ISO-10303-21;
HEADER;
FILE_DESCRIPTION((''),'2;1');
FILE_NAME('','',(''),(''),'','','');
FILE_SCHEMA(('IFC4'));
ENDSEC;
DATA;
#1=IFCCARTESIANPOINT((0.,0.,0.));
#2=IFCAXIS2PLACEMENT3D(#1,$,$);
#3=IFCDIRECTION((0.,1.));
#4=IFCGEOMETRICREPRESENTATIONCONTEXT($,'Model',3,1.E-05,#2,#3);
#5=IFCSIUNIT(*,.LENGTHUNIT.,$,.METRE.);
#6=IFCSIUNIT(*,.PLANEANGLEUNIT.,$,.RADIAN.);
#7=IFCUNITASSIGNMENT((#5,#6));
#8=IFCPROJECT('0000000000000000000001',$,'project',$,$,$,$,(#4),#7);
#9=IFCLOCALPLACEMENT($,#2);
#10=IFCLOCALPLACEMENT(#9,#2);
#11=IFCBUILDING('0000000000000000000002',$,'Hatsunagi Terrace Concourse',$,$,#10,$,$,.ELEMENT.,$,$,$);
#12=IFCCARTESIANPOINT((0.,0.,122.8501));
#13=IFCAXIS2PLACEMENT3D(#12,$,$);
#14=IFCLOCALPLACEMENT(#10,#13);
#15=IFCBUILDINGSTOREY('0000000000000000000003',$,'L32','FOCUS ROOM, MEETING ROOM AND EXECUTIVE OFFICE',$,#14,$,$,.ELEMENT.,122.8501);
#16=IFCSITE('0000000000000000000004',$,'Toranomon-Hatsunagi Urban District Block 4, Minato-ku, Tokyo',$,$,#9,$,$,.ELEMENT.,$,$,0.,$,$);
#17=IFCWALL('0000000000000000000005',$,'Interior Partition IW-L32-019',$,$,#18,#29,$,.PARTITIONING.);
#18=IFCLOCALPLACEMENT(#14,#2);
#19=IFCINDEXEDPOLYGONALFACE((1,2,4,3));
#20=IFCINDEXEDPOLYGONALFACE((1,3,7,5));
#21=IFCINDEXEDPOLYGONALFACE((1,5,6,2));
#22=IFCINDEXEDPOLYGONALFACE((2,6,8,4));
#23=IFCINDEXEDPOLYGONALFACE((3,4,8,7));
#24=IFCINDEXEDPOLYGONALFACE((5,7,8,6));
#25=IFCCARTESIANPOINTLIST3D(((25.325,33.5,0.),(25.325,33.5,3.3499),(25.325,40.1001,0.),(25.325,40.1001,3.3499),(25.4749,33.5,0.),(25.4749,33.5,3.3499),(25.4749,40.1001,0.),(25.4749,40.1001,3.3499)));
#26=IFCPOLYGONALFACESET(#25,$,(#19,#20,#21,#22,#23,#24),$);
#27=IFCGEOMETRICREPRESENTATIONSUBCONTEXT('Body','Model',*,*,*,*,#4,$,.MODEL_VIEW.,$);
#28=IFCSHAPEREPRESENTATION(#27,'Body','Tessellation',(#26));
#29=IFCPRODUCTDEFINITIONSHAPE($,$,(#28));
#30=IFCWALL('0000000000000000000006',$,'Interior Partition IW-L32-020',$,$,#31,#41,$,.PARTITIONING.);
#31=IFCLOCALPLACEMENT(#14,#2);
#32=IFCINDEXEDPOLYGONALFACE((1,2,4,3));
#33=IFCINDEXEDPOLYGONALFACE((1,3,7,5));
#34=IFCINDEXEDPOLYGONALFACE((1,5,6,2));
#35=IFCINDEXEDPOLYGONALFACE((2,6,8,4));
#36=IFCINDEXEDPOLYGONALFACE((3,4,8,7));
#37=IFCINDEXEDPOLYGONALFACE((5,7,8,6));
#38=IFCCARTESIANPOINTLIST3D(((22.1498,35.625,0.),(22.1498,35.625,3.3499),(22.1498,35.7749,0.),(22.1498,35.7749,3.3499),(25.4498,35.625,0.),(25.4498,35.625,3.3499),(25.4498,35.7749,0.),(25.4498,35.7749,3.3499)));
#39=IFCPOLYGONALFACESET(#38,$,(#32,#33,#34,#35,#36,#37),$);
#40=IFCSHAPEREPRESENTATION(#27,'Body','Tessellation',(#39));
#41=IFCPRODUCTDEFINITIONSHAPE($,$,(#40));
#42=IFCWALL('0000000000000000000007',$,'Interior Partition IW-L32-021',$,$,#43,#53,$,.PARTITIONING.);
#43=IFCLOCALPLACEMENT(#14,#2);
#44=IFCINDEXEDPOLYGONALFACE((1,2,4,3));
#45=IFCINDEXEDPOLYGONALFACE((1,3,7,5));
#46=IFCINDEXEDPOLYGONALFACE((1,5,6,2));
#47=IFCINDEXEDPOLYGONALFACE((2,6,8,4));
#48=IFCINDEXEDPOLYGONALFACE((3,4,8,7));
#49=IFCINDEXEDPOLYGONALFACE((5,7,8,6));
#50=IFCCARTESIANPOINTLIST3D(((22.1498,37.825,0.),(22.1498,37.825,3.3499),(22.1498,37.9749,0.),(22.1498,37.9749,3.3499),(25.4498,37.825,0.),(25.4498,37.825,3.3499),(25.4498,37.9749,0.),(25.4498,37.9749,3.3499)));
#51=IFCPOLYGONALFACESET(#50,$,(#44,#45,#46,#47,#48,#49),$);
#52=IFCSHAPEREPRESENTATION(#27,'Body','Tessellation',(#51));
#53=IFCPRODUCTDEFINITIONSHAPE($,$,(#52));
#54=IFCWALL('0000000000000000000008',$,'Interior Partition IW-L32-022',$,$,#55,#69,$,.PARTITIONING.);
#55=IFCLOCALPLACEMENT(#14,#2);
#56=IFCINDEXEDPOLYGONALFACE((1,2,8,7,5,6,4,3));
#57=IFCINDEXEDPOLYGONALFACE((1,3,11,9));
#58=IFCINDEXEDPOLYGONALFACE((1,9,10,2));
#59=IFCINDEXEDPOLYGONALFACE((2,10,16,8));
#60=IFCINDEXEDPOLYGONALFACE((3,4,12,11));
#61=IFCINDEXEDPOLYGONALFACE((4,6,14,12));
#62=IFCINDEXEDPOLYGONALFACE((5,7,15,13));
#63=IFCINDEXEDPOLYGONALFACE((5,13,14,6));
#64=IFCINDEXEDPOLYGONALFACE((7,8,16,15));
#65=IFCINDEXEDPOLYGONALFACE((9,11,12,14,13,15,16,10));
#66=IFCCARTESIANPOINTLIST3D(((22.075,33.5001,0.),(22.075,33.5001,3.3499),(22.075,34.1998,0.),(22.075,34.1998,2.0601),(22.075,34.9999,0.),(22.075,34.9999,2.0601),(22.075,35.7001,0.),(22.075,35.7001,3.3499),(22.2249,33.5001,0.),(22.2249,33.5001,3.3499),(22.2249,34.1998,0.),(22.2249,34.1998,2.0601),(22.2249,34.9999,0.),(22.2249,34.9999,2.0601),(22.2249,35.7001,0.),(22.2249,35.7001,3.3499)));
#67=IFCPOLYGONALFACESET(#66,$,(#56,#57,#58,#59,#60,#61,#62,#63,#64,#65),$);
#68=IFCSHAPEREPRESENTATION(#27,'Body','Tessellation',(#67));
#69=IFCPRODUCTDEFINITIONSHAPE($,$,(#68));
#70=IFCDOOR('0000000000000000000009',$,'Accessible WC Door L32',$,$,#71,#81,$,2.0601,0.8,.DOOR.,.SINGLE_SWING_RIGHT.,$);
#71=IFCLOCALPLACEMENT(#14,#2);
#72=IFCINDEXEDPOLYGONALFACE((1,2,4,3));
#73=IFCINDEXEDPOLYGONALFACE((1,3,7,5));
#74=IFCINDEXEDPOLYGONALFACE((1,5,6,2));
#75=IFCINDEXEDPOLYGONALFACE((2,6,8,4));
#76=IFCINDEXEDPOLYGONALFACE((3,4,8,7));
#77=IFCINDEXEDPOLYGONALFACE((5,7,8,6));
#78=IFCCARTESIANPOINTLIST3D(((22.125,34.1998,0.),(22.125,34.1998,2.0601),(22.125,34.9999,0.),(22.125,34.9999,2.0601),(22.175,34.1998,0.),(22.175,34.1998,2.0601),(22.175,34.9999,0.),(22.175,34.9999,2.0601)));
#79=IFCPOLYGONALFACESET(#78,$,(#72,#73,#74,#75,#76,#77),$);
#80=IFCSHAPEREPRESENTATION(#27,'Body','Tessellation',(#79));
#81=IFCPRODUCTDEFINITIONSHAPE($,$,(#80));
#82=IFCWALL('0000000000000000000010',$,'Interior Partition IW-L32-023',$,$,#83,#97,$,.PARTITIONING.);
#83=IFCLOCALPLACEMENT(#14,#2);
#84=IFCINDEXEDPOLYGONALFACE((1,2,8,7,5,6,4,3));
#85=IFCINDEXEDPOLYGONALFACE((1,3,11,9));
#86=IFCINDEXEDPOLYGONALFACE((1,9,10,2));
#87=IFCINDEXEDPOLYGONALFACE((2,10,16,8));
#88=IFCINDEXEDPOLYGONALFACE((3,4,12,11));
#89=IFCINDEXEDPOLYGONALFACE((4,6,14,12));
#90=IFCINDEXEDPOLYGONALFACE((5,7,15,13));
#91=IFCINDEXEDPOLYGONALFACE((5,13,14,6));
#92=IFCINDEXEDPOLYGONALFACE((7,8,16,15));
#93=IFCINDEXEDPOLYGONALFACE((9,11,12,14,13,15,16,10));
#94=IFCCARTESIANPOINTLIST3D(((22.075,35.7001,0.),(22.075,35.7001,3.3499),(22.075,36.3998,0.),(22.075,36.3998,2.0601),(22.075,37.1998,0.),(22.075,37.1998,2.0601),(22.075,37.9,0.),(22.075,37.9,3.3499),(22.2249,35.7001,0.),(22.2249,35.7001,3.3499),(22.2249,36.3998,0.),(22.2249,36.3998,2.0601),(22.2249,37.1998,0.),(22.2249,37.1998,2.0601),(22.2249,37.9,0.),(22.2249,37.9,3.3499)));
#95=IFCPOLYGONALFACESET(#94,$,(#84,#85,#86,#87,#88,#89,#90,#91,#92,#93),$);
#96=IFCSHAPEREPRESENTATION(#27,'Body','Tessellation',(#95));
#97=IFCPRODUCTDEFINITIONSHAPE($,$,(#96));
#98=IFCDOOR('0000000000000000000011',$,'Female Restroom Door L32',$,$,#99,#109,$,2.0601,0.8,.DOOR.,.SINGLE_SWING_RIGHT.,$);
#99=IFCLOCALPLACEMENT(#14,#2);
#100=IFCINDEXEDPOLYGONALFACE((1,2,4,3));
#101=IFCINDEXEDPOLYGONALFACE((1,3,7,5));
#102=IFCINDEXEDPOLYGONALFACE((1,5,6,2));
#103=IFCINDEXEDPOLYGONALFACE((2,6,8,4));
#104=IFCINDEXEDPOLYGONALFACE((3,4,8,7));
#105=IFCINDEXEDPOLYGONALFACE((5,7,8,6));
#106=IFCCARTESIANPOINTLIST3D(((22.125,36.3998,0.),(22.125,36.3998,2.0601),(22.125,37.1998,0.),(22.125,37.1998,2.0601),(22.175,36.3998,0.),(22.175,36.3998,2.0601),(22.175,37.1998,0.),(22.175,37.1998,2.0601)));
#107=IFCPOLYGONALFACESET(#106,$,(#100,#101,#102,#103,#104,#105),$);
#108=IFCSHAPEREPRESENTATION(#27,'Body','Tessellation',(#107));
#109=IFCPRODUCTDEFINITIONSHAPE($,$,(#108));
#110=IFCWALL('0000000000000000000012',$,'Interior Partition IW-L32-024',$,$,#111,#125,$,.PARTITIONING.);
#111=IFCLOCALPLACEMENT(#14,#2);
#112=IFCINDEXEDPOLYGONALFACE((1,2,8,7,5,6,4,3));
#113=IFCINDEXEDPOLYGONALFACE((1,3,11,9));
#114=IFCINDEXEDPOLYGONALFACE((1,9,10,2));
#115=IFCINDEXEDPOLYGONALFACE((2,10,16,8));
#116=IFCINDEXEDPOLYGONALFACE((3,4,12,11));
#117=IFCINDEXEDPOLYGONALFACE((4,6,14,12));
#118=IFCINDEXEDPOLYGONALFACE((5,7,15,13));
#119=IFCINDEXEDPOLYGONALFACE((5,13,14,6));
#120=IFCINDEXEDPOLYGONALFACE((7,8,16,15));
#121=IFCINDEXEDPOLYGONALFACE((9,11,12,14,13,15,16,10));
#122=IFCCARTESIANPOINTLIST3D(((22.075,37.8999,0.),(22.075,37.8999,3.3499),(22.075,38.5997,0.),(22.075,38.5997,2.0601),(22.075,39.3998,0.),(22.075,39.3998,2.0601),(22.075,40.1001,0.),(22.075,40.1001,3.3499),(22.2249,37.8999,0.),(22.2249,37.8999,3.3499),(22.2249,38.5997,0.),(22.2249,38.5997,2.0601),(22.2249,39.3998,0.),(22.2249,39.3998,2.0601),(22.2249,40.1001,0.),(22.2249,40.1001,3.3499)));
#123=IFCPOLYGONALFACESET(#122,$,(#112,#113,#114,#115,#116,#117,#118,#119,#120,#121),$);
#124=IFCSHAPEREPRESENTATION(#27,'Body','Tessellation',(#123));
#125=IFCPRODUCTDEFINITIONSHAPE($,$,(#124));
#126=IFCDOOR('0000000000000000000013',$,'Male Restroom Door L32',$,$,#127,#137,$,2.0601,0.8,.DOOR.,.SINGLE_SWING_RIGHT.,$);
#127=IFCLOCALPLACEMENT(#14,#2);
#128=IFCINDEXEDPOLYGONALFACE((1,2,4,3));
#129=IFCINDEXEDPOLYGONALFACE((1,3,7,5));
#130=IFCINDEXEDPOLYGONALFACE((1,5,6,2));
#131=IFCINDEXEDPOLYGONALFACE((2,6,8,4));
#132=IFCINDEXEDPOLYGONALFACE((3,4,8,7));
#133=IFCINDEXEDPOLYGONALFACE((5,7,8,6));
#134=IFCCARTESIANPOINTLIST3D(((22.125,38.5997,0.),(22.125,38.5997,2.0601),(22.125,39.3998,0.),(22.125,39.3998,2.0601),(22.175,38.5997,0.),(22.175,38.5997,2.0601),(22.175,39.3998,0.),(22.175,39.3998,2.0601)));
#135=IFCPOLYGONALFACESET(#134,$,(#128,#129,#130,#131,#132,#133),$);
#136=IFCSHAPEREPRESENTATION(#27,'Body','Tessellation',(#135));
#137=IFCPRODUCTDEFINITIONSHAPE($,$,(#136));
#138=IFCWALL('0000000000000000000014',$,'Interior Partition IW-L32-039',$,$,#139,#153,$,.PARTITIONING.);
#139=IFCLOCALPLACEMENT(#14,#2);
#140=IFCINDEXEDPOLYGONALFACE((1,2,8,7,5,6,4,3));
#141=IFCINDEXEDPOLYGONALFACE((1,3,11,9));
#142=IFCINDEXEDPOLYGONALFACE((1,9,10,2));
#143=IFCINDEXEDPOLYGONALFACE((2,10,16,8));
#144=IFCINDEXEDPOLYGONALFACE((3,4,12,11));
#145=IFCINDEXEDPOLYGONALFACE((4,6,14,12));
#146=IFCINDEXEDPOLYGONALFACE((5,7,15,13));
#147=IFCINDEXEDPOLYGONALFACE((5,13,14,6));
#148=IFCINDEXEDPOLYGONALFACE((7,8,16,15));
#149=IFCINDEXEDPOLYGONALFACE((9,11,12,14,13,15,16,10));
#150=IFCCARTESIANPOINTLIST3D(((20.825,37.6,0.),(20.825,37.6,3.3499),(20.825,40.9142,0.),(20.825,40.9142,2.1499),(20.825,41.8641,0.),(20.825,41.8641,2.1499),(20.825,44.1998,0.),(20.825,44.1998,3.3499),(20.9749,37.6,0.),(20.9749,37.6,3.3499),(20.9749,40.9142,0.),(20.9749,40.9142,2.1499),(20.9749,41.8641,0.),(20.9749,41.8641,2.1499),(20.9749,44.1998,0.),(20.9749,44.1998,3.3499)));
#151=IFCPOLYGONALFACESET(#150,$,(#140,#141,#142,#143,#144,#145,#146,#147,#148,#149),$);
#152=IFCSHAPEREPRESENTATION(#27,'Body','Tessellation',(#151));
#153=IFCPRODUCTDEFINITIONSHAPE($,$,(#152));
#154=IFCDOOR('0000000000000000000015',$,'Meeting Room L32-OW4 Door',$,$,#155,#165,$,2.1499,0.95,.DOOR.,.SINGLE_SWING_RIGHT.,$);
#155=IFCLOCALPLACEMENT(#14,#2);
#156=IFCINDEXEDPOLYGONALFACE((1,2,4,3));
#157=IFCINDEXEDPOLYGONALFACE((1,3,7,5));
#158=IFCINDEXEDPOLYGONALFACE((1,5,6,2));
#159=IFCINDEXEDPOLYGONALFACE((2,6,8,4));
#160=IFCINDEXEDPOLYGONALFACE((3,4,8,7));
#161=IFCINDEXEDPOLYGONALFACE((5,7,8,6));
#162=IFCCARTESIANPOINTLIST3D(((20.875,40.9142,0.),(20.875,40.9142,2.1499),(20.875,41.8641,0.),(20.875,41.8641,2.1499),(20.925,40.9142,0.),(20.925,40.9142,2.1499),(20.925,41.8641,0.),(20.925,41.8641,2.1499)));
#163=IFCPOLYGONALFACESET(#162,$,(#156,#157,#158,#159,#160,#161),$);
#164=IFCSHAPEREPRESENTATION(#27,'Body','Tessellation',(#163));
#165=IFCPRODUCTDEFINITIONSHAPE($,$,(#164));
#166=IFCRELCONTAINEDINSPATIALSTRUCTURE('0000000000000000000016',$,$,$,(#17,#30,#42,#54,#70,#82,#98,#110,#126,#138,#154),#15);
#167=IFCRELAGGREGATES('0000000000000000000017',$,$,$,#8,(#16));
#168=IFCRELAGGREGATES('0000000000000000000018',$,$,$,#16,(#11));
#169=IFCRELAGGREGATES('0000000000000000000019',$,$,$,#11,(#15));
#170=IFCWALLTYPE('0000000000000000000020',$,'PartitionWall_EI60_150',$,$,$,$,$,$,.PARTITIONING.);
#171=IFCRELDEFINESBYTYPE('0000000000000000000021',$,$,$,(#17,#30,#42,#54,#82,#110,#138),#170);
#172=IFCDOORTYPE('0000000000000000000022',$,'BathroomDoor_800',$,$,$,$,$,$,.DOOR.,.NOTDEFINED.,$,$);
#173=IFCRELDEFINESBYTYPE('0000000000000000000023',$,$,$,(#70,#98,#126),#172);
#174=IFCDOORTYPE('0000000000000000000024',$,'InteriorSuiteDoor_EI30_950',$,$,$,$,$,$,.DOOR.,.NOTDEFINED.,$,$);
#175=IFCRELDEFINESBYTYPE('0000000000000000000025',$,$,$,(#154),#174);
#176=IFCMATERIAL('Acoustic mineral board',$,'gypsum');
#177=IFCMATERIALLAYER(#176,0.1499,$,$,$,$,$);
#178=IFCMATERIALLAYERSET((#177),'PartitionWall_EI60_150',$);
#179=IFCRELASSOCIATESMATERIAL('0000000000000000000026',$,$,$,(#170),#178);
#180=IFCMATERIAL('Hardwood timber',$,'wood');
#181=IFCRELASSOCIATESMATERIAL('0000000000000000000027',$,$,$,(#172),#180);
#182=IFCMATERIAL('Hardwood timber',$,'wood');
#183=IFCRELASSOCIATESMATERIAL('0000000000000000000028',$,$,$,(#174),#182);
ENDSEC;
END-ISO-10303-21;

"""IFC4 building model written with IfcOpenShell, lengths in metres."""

from ifc_helpers import new_model, si_unit, direction, frame, frame_2d, origin, place, context, subcontext, project, spatial, rectangle, extrude, material, layer, layer_set, type_object, element, fill, save


model = new_model("IFC4")

# Units and contexts
model_context = context("Model", 3, precision=1e-05, world=origin(), true_north=direction((0.0, 1.0)))
body_context = subcontext(model_context, "Body", "Model", "MODEL_VIEW")
ifc_project = project(units=[si_unit("LENGTHUNIT", "METRE"), si_unit("PLANEANGLEUNIT", "RADIAN")], contexts=[model_context])

# Site, building, storey
site_placement = place(None, origin())
site = spatial("IfcSite", under=ifc_project, at=site_placement, Name="Toranomon-Hatsunagi Urban District Block 4, Minato-ku, Tokyo", CompositionType="ELEMENT", RefElevation=0.0)
building_placement = place(site_placement, origin())
building = spatial("IfcBuilding", under=site, at=building_placement, Name="Hatsunagi Terrace Concourse", CompositionType="ELEMENT")
storey_placement = place(building_placement, frame((0.0, 0.0, 122.8501)))
storey = spatial("IfcBuildingStorey", under=building, at=storey_placement, Name="L32", Description="FOCUS ROOM, MEETING ROOM AND EXECUTIVE OFFICE", CompositionType="ELEMENT", Elevation=122.8501)

# Walls
ifc_material_1 = material(Name="Acoustic mineral board", Category="gypsum")
ifc_layer_1 = layer(ifc_material_1, 0.1499)
ifc_layer_set_1 = layer_set([ifc_layer_1], Name="PartitionWall_EI60_150")
wall_type = type_object("IfcWallType", Name="PartitionWall_EI60_150", PredefinedType="PARTITIONING", material=ifc_layer_set_1)
wall_1_placement = place(storey_placement, frame((25.3999, 33.5, 0.0), z_axis=(0.0, 0.0, 1.0), x_axis=(0.0, 1.0, 0.0)))
element("IfcWall", 1, at=wall_1_placement, inside=storey, type_object=wall_type, Name="Interior Partition IW-L32-019", PredefinedType="PARTITIONING", context=body_context, shape_type="SweptSolid", body=[
    extrude(rectangle(XDim=6.6001, YDim=0.1499, at=frame_2d((3.3, 0.0))), origin(), (0.0, 0.0, 1.0), 3.3499),
])
for number, where, z_axis, x_axis, name in (
    (2, (22.1499, 35.7, 0.0), (0.0, 0.0, 1.0), (1.0, 0.0, 0.0), "Interior Partition IW-L32-020"),
    (3, (22.1499, 37.8999, 0.0), (0.0, 0.0, 1.0), (1.0, 0.0, 0.0), "Interior Partition IW-L32-021"),
):
    element("IfcWall", number, at=place(storey_placement, frame(where, z_axis=z_axis, x_axis=x_axis)), inside=storey, type_object=wall_type, Name=name, PredefinedType="PARTITIONING", context=body_context, shape_type="SweptSolid", body=[
        extrude(rectangle(XDim=3.3, YDim=0.1499, at=frame_2d((1.6499, 0.0))), origin(), (0.0, 0.0, 1.0), 3.3499),
    ])

# Walls, openings, doors
wall_2_placement = place(storey_placement, frame((22.1499, 33.5, 0.0), z_axis=(0.0, 0.0, 1.0), x_axis=(0.0, 1.0, 0.0)))
wall_2 = element("IfcWall", 4, at=wall_2_placement, inside=storey, type_object=wall_type, Name="Interior Partition IW-L32-022", PredefinedType="PARTITIONING", context=body_context, shape_type="SweptSolid", body=[
    extrude(rectangle(XDim=2.2, YDim=0.1499, at=frame_2d((1.1001, 0.0))), origin(), (0.0, 0.0, 1.0), 3.3499),
])
opening_1_placement = place(wall_2_placement, frame((0.7, 0.0, 0.0)))
opening_1 = element("IfcOpeningElement", 5, at=opening_1_placement, cuts=wall_2, PredefinedType="OPENING", context=body_context, shape_type="SweptSolid", body=[
    extrude(rectangle(XDim=0.8, YDim=2.0601, at=frame_2d((0.3999, 1.03))), frame((0.0, 0.085, 0.0), z_axis=(0.0, -1.0, 0.0), x_axis=(1.0, 0.0, 0.0)), (0.0, 0.0, 1.0), 0.1699),
])
ifc_material_2 = material(Name="Hardwood timber", Category="wood")
door_type_1 = type_object("IfcDoorType", Name="BathroomDoor_800", OperationType="NOTDEFINED", PredefinedType="DOOR", material=ifc_material_2)
door_1_placement = place(opening_1_placement, origin())
door_1 = element("IfcDoor", 6, at=door_1_placement, inside=storey, type_object=door_type_1, Name="Accessible WC Door L32", OperationType="SINGLE_SWING_RIGHT", OverallHeight=2.0601, OverallWidth=0.8, PredefinedType="DOOR", context=body_context, shape_type="SweptSolid", body=[
    extrude(rectangle(XDim=0.8, YDim=2.0601, at=frame_2d((0.3999, 1.03))), frame((0.0, 0.0249, 0.0), z_axis=(0.0, -1.0, 0.0), x_axis=(1.0, 0.0, 0.0)), (0.0, 0.0, 1.0), 0.05),
])
fill(opening_1, door_1)
wall_3_placement = place(storey_placement, frame((22.1499, 35.7, 0.0), z_axis=(0.0, 0.0, 1.0), x_axis=(0.0, 1.0, 0.0)))
wall_3 = element("IfcWall", 7, at=wall_3_placement, inside=storey, type_object=wall_type, Name="Interior Partition IW-L32-023", PredefinedType="PARTITIONING", context=body_context, shape_type="SweptSolid", body=[
    extrude(rectangle(XDim=2.2, YDim=0.1499, at=frame_2d((1.1001, 0.0))), origin(), (0.0, 0.0, 1.0), 3.3499),
])
opening_2_placement = place(wall_3_placement, frame((0.7, 0.0, 0.0)))
opening_2 = element("IfcOpeningElement", 8, at=opening_2_placement, cuts=wall_3, PredefinedType="OPENING", context=body_context, shape_type="SweptSolid", body=[
    extrude(rectangle(XDim=0.8, YDim=2.0601, at=frame_2d((0.3999, 1.03))), frame((0.0, 0.085, 0.0), z_axis=(0.0, -1.0, 0.0), x_axis=(1.0, 0.0, 0.0)), (0.0, 0.0, 1.0), 0.1699),
])
door_2_placement = place(opening_2_placement, origin())
door_2 = element("IfcDoor", 9, at=door_2_placement, inside=storey, type_object=door_type_1, Name="Female Restroom Door L32", OperationType="SINGLE_SWING_RIGHT", OverallHeight=2.0601, OverallWidth=0.8, PredefinedType="DOOR", context=body_context, shape_type="SweptSolid", body=[
    extrude(rectangle(XDim=0.8, YDim=2.0601, at=frame_2d((0.3999, 1.03))), frame((0.0, 0.0249, 0.0), z_axis=(0.0, -1.0, 0.0), x_axis=(1.0, 0.0, 0.0)), (0.0, 0.0, 1.0), 0.05),
])
fill(opening_2, door_2)
wall_4_placement = place(storey_placement, frame((22.1499, 37.8999, 0.0), z_axis=(0.0, 0.0, 1.0), x_axis=(0.0, 1.0, 0.0)))
wall_4 = element("IfcWall", 10, at=wall_4_placement, inside=storey, type_object=wall_type, Name="Interior Partition IW-L32-024", PredefinedType="PARTITIONING", context=body_context, shape_type="SweptSolid", body=[
    extrude(rectangle(XDim=2.2002, YDim=0.1499, at=frame_2d((1.1001, 0.0))), origin(), (0.0, 0.0, 1.0), 3.3499),
])
opening_3_placement = place(wall_4_placement, frame((0.7, 0.0, 0.0)))
opening_3 = element("IfcOpeningElement", 11, at=opening_3_placement, cuts=wall_4, PredefinedType="OPENING", context=body_context, shape_type="SweptSolid", body=[
    extrude(rectangle(XDim=0.8, YDim=2.0601, at=frame_2d((0.3999, 1.03))), frame((0.0, 0.085, 0.0), z_axis=(0.0, -1.0, 0.0), x_axis=(1.0, 0.0, 0.0)), (0.0, 0.0, 1.0), 0.1699),
])
door_3_placement = place(opening_3_placement, origin())
door_3 = element("IfcDoor", 12, at=door_3_placement, inside=storey, type_object=door_type_1, Name="Male Restroom Door L32", OperationType="SINGLE_SWING_RIGHT", OverallHeight=2.0601, OverallWidth=0.8, PredefinedType="DOOR", context=body_context, shape_type="SweptSolid", body=[
    extrude(rectangle(XDim=0.8, YDim=2.0601, at=frame_2d((0.3999, 1.03))), frame((0.0, 0.0249, 0.0), z_axis=(0.0, -1.0, 0.0), x_axis=(1.0, 0.0, 0.0)), (0.0, 0.0, 1.0), 0.05),
])
fill(opening_3, door_3)
wall_5_placement = place(storey_placement, frame((20.8999, 37.6001, 0.0), z_axis=(0.0, 0.0, 1.0), x_axis=(0.0, 1.0, 0.0)))
wall_5 = element("IfcWall", 13, at=wall_5_placement, inside=storey, type_object=wall_type, Name="Interior Partition IW-L32-039", PredefinedType="PARTITIONING", context=body_context, shape_type="SweptSolid", body=[
    extrude(rectangle(XDim=6.5999, YDim=0.1499, at=frame_2d((3.2998, 0.0))), origin(), (0.0, 0.0, 1.0), 3.3499),
])
opening_4_placement = place(wall_5_placement, frame((3.314, 0.0, 0.0)))
opening_4 = element("IfcOpeningElement", 14, at=opening_4_placement, cuts=wall_5, PredefinedType="OPENING", context=body_context, shape_type="SweptSolid", body=[
    extrude(rectangle(XDim=0.95, YDim=2.1499, at=frame_2d((0.4751, 1.075))), frame((0.0, 0.085, 0.0), z_axis=(0.0, -1.0, 0.0), x_axis=(1.0, 0.0, 0.0)), (0.0, 0.0, 1.0), 0.1699),
])
ifc_material_3 = material(Name="Hardwood timber", Category="wood")
door_type_2 = type_object("IfcDoorType", Name="InteriorSuiteDoor_EI30_950", OperationType="NOTDEFINED", PredefinedType="DOOR", material=ifc_material_3)
door_4_placement = place(opening_4_placement, origin())
door_4 = element("IfcDoor", 15, at=door_4_placement, inside=storey, type_object=door_type_2, Name="Meeting Room L32-OW4 Door", OperationType="SINGLE_SWING_RIGHT", OverallHeight=2.1499, OverallWidth=0.95, PredefinedType="DOOR", context=body_context, shape_type="SweptSolid", body=[
    extrude(rectangle(XDim=0.95, YDim=2.1499, at=frame_2d((0.4751, 1.075))), frame((0.0, 0.0249, 0.0), z_axis=(0.0, -1.0, 0.0), x_axis=(1.0, 0.0, 0.0)), (0.0, 0.0, 1.0), 0.05),
])
fill(opening_4, door_4)

save(model, "model.ifc")
